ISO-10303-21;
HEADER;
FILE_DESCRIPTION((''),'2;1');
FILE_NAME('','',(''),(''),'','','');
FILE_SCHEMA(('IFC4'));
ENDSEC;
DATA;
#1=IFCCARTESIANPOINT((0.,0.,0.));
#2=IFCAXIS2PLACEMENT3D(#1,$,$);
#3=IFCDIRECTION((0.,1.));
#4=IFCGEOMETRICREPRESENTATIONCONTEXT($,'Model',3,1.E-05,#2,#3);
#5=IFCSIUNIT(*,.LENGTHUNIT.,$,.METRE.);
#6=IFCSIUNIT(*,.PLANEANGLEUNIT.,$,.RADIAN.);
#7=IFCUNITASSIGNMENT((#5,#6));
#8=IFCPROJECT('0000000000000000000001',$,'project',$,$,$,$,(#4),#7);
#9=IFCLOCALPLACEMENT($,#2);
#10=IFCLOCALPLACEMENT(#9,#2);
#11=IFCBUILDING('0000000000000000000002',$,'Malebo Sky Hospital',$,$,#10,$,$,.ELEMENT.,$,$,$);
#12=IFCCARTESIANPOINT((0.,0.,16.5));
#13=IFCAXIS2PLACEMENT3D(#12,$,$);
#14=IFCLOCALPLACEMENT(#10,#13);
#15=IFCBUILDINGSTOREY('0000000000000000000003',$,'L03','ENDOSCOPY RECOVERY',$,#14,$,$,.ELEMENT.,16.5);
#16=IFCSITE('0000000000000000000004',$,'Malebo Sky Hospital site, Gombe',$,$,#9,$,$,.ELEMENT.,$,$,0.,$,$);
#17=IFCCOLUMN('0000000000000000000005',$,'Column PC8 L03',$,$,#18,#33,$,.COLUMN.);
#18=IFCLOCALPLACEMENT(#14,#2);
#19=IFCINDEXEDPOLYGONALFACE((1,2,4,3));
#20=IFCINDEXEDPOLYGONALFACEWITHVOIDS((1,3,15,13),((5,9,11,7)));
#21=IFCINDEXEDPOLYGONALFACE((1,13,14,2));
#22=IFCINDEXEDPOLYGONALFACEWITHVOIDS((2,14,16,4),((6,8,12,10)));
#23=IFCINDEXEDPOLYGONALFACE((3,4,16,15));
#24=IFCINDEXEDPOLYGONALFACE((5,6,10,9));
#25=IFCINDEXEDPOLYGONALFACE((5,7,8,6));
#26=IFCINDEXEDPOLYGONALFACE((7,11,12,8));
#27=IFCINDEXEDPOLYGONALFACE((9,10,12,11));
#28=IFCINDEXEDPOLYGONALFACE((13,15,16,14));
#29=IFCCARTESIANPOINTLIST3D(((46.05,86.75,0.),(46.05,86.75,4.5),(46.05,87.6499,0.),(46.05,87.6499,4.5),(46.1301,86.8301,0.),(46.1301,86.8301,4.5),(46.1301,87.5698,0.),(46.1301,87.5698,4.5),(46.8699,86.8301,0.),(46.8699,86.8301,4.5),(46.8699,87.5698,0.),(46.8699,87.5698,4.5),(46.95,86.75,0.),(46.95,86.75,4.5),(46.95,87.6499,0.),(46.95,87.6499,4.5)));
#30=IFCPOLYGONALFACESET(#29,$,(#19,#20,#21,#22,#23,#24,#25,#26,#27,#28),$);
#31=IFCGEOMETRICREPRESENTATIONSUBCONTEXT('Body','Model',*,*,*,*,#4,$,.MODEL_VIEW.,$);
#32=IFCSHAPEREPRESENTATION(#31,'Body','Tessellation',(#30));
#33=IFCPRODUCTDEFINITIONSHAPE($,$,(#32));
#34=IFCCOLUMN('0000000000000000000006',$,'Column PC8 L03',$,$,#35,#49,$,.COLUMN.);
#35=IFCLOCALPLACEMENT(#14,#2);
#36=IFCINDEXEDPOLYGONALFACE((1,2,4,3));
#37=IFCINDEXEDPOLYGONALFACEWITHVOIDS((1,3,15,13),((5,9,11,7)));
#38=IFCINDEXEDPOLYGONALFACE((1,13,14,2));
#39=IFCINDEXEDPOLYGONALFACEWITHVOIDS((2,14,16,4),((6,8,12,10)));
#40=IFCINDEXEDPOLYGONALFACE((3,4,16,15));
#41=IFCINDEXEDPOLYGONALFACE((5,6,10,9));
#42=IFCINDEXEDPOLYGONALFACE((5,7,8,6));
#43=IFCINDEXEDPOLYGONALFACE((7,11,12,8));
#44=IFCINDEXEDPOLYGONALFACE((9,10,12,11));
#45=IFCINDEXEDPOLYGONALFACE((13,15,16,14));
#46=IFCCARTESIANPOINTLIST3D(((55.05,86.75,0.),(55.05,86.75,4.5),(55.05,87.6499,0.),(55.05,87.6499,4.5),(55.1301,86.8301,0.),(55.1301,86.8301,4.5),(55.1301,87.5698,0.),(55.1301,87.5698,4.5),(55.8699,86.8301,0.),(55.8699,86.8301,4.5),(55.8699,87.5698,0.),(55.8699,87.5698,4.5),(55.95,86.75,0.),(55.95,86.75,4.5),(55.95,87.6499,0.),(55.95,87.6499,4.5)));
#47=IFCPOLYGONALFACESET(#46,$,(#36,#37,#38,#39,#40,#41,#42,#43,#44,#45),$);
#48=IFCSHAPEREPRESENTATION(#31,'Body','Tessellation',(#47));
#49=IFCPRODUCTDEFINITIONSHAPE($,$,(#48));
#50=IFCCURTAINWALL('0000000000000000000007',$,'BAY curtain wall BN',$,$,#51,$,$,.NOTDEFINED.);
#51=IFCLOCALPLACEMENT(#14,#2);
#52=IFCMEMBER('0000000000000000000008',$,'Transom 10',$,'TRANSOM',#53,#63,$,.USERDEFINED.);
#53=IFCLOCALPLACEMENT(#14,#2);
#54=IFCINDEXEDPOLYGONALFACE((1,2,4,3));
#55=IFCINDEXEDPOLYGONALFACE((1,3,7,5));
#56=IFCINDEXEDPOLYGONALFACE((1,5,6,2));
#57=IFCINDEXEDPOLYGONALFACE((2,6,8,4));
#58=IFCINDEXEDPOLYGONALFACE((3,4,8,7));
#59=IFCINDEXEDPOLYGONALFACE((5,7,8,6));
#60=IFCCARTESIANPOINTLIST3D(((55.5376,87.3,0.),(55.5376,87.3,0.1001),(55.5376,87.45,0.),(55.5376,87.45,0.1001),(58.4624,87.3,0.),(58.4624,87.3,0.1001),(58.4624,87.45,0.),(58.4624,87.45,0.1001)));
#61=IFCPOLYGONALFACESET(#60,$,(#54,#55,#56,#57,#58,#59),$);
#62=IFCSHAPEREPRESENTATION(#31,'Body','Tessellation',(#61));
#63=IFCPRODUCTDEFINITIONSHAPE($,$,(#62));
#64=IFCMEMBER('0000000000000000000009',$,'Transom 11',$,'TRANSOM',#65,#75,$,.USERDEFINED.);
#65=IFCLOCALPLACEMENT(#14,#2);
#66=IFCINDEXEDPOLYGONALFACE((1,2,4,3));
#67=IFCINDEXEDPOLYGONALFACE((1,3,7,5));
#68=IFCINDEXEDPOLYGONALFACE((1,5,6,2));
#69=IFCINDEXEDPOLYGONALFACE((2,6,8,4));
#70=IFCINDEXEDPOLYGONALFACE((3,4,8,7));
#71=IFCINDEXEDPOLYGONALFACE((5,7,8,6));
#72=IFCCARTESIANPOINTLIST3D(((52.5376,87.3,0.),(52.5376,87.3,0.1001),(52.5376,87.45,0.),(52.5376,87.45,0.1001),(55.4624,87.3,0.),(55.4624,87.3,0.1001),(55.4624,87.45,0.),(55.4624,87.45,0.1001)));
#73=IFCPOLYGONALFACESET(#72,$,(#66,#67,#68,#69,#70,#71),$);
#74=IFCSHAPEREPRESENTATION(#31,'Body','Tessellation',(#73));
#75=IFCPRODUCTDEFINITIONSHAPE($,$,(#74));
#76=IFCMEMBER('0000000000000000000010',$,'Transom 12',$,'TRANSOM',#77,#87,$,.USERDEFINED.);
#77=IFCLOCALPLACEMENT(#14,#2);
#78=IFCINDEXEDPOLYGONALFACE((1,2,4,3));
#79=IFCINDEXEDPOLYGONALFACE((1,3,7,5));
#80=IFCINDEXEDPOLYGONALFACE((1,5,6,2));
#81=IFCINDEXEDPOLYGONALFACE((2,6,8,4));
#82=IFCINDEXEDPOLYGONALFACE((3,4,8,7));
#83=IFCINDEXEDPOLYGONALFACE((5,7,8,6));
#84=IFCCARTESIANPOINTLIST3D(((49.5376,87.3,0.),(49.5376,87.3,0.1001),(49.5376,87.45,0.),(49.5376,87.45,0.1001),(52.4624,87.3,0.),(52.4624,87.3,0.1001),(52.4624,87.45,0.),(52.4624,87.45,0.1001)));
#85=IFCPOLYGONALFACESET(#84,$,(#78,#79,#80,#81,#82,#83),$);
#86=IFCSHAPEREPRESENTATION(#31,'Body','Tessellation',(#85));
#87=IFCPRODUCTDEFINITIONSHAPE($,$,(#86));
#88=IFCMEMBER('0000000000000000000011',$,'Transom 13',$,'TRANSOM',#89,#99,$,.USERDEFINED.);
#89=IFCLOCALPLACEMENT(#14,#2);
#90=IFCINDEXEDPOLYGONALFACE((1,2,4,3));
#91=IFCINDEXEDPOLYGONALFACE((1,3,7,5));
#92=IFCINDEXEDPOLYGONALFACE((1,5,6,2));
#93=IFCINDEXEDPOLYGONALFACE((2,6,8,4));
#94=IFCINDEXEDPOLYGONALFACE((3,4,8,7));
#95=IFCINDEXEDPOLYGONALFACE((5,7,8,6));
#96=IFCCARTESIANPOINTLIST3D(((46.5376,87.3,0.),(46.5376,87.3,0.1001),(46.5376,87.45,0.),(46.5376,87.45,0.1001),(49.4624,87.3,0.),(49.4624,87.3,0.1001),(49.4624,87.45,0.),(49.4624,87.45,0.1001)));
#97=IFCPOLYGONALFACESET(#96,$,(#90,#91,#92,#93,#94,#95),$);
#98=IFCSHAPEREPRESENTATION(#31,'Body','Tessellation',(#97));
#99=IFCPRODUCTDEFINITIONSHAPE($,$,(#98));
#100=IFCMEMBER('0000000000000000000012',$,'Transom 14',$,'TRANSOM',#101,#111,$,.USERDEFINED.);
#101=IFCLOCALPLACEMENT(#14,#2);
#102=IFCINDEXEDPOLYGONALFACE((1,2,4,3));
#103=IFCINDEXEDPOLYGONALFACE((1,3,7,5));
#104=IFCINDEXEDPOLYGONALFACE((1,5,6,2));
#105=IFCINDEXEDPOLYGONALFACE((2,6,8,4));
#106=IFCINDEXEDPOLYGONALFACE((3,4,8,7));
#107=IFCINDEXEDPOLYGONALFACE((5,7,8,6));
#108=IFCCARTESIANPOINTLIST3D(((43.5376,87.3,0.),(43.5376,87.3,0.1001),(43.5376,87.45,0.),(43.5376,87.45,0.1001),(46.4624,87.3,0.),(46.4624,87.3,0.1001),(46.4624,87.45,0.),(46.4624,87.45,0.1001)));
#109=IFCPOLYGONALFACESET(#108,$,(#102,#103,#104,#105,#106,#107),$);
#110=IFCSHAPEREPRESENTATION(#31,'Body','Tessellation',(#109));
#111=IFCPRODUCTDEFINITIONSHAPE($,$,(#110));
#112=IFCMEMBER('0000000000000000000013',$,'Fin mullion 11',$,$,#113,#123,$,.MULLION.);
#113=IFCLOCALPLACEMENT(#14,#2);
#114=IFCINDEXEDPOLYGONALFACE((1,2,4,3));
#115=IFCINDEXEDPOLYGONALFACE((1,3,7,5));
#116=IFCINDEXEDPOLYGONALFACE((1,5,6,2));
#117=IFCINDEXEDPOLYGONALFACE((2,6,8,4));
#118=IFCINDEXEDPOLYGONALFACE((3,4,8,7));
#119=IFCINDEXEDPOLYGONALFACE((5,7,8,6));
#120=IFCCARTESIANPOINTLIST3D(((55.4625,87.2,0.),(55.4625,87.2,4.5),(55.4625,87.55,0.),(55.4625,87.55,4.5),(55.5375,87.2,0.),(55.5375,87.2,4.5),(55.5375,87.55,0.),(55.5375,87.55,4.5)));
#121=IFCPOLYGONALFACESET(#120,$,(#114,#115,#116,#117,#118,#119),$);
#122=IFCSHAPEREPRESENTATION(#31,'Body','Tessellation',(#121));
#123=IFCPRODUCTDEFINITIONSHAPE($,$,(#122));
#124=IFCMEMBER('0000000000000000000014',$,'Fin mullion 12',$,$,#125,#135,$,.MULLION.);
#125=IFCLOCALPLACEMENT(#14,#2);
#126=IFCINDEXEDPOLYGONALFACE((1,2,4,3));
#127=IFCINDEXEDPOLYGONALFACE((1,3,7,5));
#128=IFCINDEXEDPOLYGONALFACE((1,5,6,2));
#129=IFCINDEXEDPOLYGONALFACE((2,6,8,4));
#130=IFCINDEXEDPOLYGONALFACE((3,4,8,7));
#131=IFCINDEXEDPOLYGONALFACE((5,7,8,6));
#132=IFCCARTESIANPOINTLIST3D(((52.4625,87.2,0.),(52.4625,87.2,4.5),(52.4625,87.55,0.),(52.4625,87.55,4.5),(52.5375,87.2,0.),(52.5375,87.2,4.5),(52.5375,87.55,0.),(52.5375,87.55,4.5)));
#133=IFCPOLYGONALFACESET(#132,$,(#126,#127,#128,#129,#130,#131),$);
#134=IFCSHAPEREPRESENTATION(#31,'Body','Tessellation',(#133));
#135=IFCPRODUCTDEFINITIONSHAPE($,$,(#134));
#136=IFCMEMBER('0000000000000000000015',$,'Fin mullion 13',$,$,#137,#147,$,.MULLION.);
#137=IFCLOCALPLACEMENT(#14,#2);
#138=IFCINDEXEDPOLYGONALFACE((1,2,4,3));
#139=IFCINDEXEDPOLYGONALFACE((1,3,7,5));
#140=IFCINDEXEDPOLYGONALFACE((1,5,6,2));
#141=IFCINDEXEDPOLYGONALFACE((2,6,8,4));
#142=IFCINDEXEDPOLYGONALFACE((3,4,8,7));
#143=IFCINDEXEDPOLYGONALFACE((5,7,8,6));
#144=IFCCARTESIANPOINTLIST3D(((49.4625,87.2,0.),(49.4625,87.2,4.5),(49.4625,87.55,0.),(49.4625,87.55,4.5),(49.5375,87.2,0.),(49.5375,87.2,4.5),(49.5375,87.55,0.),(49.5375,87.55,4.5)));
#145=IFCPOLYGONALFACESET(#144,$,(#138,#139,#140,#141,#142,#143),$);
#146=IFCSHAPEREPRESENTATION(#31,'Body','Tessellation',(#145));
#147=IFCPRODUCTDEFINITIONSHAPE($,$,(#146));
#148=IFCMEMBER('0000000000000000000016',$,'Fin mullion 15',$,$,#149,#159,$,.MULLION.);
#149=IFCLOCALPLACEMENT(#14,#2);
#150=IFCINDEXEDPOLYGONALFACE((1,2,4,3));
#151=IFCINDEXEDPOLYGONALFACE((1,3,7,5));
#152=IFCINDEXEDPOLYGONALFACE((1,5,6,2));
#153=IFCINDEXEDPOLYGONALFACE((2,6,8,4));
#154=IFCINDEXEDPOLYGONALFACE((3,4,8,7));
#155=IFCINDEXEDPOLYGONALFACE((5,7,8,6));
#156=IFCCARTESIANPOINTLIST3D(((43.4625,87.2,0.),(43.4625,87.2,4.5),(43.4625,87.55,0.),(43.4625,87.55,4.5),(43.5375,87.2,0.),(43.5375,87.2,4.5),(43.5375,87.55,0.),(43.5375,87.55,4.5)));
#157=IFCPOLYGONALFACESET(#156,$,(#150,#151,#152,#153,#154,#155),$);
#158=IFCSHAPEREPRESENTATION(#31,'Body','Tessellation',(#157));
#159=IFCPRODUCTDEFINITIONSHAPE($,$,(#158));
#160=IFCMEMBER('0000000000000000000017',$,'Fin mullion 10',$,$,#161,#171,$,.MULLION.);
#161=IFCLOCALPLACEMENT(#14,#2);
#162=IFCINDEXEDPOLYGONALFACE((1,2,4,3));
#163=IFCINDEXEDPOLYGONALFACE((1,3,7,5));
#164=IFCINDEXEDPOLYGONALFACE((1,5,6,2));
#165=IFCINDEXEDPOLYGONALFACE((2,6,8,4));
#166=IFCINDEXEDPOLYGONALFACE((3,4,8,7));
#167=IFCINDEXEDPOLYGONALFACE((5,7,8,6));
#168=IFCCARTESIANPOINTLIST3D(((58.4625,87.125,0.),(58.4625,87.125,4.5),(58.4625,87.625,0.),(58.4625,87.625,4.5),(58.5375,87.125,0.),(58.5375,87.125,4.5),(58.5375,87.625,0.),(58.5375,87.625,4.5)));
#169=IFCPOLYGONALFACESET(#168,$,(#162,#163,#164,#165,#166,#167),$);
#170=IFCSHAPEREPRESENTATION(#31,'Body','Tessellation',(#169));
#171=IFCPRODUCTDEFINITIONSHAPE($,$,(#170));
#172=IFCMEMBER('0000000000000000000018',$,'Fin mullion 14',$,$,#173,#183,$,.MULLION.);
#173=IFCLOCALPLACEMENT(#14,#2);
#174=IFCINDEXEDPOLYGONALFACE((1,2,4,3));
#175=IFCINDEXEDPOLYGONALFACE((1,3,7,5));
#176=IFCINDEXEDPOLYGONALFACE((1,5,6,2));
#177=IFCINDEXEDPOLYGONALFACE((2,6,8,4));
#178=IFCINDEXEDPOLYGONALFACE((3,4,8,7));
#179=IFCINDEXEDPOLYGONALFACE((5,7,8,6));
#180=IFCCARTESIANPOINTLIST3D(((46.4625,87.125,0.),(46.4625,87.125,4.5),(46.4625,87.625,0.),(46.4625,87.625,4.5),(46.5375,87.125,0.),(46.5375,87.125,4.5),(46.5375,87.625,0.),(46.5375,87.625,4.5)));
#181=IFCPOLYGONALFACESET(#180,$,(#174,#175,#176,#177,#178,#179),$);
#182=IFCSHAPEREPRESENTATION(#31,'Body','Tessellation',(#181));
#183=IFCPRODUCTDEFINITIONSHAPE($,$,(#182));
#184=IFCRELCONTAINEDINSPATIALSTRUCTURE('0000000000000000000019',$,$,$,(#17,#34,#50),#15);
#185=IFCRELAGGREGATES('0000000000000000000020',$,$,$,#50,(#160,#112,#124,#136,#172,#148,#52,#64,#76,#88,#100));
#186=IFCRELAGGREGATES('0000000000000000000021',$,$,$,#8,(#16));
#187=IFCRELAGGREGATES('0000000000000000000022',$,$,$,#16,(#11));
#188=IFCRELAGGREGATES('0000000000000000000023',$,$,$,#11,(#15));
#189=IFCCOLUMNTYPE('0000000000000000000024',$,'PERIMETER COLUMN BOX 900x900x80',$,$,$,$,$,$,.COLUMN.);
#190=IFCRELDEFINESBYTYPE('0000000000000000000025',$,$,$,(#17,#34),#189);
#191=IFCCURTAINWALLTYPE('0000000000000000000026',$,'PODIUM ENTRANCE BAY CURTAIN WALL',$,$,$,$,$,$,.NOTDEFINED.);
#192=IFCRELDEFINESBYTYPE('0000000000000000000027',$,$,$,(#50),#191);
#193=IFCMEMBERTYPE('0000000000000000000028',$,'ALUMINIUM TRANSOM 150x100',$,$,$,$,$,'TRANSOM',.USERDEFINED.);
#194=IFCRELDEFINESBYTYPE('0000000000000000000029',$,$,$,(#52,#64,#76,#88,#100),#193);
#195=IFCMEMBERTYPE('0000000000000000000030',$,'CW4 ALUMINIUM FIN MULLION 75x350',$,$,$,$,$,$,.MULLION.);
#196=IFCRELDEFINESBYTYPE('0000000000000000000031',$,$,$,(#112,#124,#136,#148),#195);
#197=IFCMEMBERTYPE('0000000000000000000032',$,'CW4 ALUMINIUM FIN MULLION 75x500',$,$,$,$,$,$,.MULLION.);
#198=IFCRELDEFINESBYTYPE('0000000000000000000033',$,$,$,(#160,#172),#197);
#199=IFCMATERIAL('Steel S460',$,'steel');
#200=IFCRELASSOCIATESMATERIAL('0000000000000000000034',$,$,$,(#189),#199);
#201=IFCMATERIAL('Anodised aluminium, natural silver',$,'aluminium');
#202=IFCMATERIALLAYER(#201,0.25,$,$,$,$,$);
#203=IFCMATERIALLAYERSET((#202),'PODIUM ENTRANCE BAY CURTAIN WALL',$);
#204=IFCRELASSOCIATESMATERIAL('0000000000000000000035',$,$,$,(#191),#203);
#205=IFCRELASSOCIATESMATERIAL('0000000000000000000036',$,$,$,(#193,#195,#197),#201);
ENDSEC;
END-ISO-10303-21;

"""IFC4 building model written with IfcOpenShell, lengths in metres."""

from ifc_helpers import new_model, si_unit, direction, frame, origin, origin_2d, place, context, subcontext, project, spatial, rectangle, hollow_rectangle, extrude, material, layer, layer_set, material_profile, profile_set, type_object, element, aggregate, save


model = new_model("IFC4")

# Units and contexts
model_context = context("Model", 3, precision=1e-05, world=origin(), true_north=direction((0.0, 1.0)))
body_context = subcontext(model_context, "Body", "Model", "MODEL_VIEW")
ifc_project = project(units=[si_unit("LENGTHUNIT", "METRE"), si_unit("PLANEANGLEUNIT", "RADIAN")], contexts=[model_context])

# Site, building, storey
site_placement = place(None, origin())
site = spatial("IfcSite", under=ifc_project, at=site_placement, Name="Malebo Sky Hospital site, Gombe", CompositionType="ELEMENT", RefElevation=0.0)
building_placement = place(site_placement, origin())
building = spatial("IfcBuilding", under=site, at=building_placement, Name="Malebo Sky Hospital", CompositionType="ELEMENT")
storey_placement = place(building_placement, frame((0.0, 0.0, 16.5)))
storey = spatial("IfcBuildingStorey", under=building, at=storey_placement, Name="L03", Description="ENDOSCOPY RECOVERY", CompositionType="ELEMENT", Elevation=16.5)

# Columns
ifc_material_1 = material(Name="Steel S460", Category="steel")
ifc_material_profile_1 = material_profile(ifc_material_1, hollow_rectangle(XDim=0.8999, YDim=0.8999, WallThickness=0.0801, at=origin_2d()), Name="BOX 900x900x80")
ifc_profile_set_1 = profile_set([ifc_material_profile_1], Name="Steel S460")
column_type = type_object("IfcColumnType", Name="PERIMETER COLUMN BOX 900x900x80", PredefinedType="COLUMN", material=ifc_profile_set_1)
for number, where, z_axis, x_axis, name in (
    (1, (46.5, 87.2, 0.0), (0.0, 0.0, 1.0), (1.0, 0.0, 0.0), "Column PC8 L03"),
    (2, (55.5, 87.2, 0.0), (0.0, 0.0, 1.0), (1.0, 0.0, 0.0), "Column PC8 L03"),
):
    element("IfcColumn", number, at=place(storey_placement, frame(where, z_axis=z_axis, x_axis=x_axis)), inside=storey, type_object=column_type, Name=name, PredefinedType="COLUMN", context=body_context, shape_type="SweptSolid", body=[
        extrude(hollow_rectangle(XDim=0.8999, YDim=0.8999, WallThickness=0.0801, at=origin_2d()), origin(), (0.0, 0.0, 1.0), 4.5),
    ])

# Curtain wall, members
ifc_material_2 = material(Name="Anodised aluminium, natural silver", Category="aluminium")
ifc_layer_1 = layer(ifc_material_2, 0.25)
ifc_layer_set_1 = layer_set([ifc_layer_1], Name="PODIUM ENTRANCE BAY CURTAIN WALL")
curtain_wall_type = type_object("IfcCurtainWallType", Name="PODIUM ENTRANCE BAY CURTAIN WALL", PredefinedType="NOTDEFINED", material=ifc_layer_set_1)
curtain_wall_placement = place(storey_placement, origin())
curtain_wall = element("IfcCurtainWall", 3, at=curtain_wall_placement, inside=storey, type_object=curtain_wall_type, Name="BAY curtain wall BN", PredefinedType="NOTDEFINED")
ifc_material_profile_2 = material_profile(ifc_material_2, rectangle(XDim=0.1499, YDim=0.1001, at=origin_2d()), Name="ALUMINIUM TRANSOM 150x100")
ifc_profile_set_2 = profile_set([ifc_material_profile_2], Name="Anodised aluminium, natural silver")
member_type_1 = type_object("IfcMemberType", Name="ALUMINIUM TRANSOM 150x100", ElementType="TRANSOM", PredefinedType="USERDEFINED", material=ifc_profile_set_2)
member_1_placement = place(storey_placement, frame((58.4624, 87.375, 0.05), z_axis=(-1.0, 0.0, 0.0), x_axis=(0.0, -1.0, 0.0)))
member_1 = element("IfcMember", 4, at=member_1_placement, type_object=member_type_1, Name="Transom 10", ObjectType="TRANSOM", PredefinedType="USERDEFINED", context=body_context, shape_type="SweptSolid", body=[
    extrude(rectangle(XDim=0.1499, YDim=0.1001, at=origin_2d()), origin(), (0.0, 0.0, 1.0), 2.9248),
])
member_2_placement = place(storey_placement, frame((55.4624, 87.375, 0.05), z_axis=(-1.0, 0.0, 0.0), x_axis=(0.0, -1.0, 0.0)))
member_2 = element("IfcMember", 5, at=member_2_placement, type_object=member_type_1, Name="Transom 11", ObjectType="TRANSOM", PredefinedType="USERDEFINED", context=body_context, shape_type="SweptSolid", body=[
    extrude(rectangle(XDim=0.1499, YDim=0.1001, at=origin_2d()), origin(), (0.0, 0.0, 1.0), 2.9248),
])
member_3_placement = place(storey_placement, frame((52.4624, 87.375, 0.05), z_axis=(-1.0, 0.0, 0.0), x_axis=(0.0, -1.0, 0.0)))
member_3 = element("IfcMember", 6, at=member_3_placement, type_object=member_type_1, Name="Transom 12", ObjectType="TRANSOM", PredefinedType="USERDEFINED", context=body_context, shape_type="SweptSolid", body=[
    extrude(rectangle(XDim=0.1499, YDim=0.1001, at=origin_2d()), origin(), (0.0, 0.0, 1.0), 2.9248),
])
member_4_placement = place(storey_placement, frame((49.4624, 87.375, 0.05), z_axis=(-1.0, 0.0, 0.0), x_axis=(0.0, -1.0, 0.0)))
member_4 = element("IfcMember", 7, at=member_4_placement, type_object=member_type_1, Name="Transom 13", ObjectType="TRANSOM", PredefinedType="USERDEFINED", context=body_context, shape_type="SweptSolid", body=[
    extrude(rectangle(XDim=0.1499, YDim=0.1001, at=origin_2d()), origin(), (0.0, 0.0, 1.0), 2.9248),
])
member_5_placement = place(storey_placement, frame((46.4624, 87.375, 0.05), z_axis=(-1.0, 0.0, 0.0), x_axis=(0.0, -1.0, 0.0)))
member_5 = element("IfcMember", 8, at=member_5_placement, type_object=member_type_1, Name="Transom 14", ObjectType="TRANSOM", PredefinedType="USERDEFINED", context=body_context, shape_type="SweptSolid", body=[
    extrude(rectangle(XDim=0.1499, YDim=0.1001, at=origin_2d()), origin(), (0.0, 0.0, 1.0), 2.9248),
])
ifc_material_profile_3 = material_profile(ifc_material_2, rectangle(XDim=0.075, YDim=0.3501, at=origin_2d()), Name="CW4 ALUMINIUM FIN MULLION 75x350")
ifc_profile_set_3 = profile_set([ifc_material_profile_3], Name="Anodised aluminium, natural silver")
member_type_2 = type_object("IfcMemberType", Name="CW4 ALUMINIUM FIN MULLION 75x350", PredefinedType="MULLION", material=ifc_profile_set_3)
member_6_placement = place(storey_placement, frame((55.5, 87.375, 0.0), z_axis=(0.0, 0.0, 1.0), x_axis=(-1.0, 0.0, 0.0)))
member_6 = element("IfcMember", 9, at=member_6_placement, type_object=member_type_2, Name="Fin mullion 11", PredefinedType="MULLION", context=body_context, shape_type="SweptSolid", body=[
    extrude(rectangle(XDim=0.075, YDim=0.3501, at=origin_2d()), origin(), (0.0, 0.0, 1.0), 4.5),
])
member_7_placement = place(storey_placement, frame((52.5, 87.375, 0.0), z_axis=(0.0, 0.0, 1.0), x_axis=(-1.0, 0.0, 0.0)))
member_7 = element("IfcMember", 10, at=member_7_placement, type_object=member_type_2, Name="Fin mullion 12", PredefinedType="MULLION", context=body_context, shape_type="SweptSolid", body=[
    extrude(rectangle(XDim=0.075, YDim=0.3501, at=origin_2d()), origin(), (0.0, 0.0, 1.0), 4.5),
])
member_8_placement = place(storey_placement, frame((49.5, 87.375, 0.0), z_axis=(0.0, 0.0, 1.0), x_axis=(-1.0, 0.0, 0.0)))
member_8 = element("IfcMember", 11, at=member_8_placement, type_object=member_type_2, Name="Fin mullion 13", PredefinedType="MULLION", context=body_context, shape_type="SweptSolid", body=[
    extrude(rectangle(XDim=0.075, YDim=0.3501, at=origin_2d()), origin(), (0.0, 0.0, 1.0), 4.5),
])
member_9_placement = place(storey_placement, frame((43.5, 87.375, 0.0), z_axis=(0.0, 0.0, 1.0), x_axis=(-1.0, 0.0, 0.0)))
member_9 = element("IfcMember", 12, at=member_9_placement, type_object=member_type_2, Name="Fin mullion 15", PredefinedType="MULLION", context=body_context, shape_type="SweptSolid", body=[
    extrude(rectangle(XDim=0.075, YDim=0.3501, at=origin_2d()), origin(), (0.0, 0.0, 1.0), 4.5),
])
ifc_material_profile_4 = material_profile(ifc_material_2, rectangle(XDim=0.075, YDim=0.5, at=origin_2d()), Name="CW4 ALUMINIUM FIN MULLION 75x500")
ifc_profile_set_4 = profile_set([ifc_material_profile_4], Name="Anodised aluminium, natural silver")
member_type_3 = type_object("IfcMemberType", Name="CW4 ALUMINIUM FIN MULLION 75x500", PredefinedType="MULLION", material=ifc_profile_set_4)
member_10_placement = place(storey_placement, frame((58.5, 87.375, 0.0), z_axis=(0.0, 0.0, 1.0), x_axis=(-1.0, 0.0, 0.0)))
member_10 = element("IfcMember", 13, at=member_10_placement, type_object=member_type_3, Name="Fin mullion 10", PredefinedType="MULLION", context=body_context, shape_type="SweptSolid", body=[
    extrude(rectangle(XDim=0.075, YDim=0.5, at=origin_2d()), origin(), (0.0, 0.0, 1.0), 4.5),
])
member_11_placement = place(storey_placement, frame((46.5, 87.375, 0.0), z_axis=(0.0, 0.0, 1.0), x_axis=(-1.0, 0.0, 0.0)))
member_11 = element("IfcMember", 14, at=member_11_placement, type_object=member_type_3, Name="Fin mullion 14", PredefinedType="MULLION", context=body_context, shape_type="SweptSolid", body=[
    extrude(rectangle(XDim=0.075, YDim=0.5, at=origin_2d()), origin(), (0.0, 0.0, 1.0), 4.5),
])

aggregate(curtain_wall, [member_10, member_6, member_7, member_8, member_11, member_9, member_1, member_2, member_3, member_4, member_5])

save(model, "model.ifc")
